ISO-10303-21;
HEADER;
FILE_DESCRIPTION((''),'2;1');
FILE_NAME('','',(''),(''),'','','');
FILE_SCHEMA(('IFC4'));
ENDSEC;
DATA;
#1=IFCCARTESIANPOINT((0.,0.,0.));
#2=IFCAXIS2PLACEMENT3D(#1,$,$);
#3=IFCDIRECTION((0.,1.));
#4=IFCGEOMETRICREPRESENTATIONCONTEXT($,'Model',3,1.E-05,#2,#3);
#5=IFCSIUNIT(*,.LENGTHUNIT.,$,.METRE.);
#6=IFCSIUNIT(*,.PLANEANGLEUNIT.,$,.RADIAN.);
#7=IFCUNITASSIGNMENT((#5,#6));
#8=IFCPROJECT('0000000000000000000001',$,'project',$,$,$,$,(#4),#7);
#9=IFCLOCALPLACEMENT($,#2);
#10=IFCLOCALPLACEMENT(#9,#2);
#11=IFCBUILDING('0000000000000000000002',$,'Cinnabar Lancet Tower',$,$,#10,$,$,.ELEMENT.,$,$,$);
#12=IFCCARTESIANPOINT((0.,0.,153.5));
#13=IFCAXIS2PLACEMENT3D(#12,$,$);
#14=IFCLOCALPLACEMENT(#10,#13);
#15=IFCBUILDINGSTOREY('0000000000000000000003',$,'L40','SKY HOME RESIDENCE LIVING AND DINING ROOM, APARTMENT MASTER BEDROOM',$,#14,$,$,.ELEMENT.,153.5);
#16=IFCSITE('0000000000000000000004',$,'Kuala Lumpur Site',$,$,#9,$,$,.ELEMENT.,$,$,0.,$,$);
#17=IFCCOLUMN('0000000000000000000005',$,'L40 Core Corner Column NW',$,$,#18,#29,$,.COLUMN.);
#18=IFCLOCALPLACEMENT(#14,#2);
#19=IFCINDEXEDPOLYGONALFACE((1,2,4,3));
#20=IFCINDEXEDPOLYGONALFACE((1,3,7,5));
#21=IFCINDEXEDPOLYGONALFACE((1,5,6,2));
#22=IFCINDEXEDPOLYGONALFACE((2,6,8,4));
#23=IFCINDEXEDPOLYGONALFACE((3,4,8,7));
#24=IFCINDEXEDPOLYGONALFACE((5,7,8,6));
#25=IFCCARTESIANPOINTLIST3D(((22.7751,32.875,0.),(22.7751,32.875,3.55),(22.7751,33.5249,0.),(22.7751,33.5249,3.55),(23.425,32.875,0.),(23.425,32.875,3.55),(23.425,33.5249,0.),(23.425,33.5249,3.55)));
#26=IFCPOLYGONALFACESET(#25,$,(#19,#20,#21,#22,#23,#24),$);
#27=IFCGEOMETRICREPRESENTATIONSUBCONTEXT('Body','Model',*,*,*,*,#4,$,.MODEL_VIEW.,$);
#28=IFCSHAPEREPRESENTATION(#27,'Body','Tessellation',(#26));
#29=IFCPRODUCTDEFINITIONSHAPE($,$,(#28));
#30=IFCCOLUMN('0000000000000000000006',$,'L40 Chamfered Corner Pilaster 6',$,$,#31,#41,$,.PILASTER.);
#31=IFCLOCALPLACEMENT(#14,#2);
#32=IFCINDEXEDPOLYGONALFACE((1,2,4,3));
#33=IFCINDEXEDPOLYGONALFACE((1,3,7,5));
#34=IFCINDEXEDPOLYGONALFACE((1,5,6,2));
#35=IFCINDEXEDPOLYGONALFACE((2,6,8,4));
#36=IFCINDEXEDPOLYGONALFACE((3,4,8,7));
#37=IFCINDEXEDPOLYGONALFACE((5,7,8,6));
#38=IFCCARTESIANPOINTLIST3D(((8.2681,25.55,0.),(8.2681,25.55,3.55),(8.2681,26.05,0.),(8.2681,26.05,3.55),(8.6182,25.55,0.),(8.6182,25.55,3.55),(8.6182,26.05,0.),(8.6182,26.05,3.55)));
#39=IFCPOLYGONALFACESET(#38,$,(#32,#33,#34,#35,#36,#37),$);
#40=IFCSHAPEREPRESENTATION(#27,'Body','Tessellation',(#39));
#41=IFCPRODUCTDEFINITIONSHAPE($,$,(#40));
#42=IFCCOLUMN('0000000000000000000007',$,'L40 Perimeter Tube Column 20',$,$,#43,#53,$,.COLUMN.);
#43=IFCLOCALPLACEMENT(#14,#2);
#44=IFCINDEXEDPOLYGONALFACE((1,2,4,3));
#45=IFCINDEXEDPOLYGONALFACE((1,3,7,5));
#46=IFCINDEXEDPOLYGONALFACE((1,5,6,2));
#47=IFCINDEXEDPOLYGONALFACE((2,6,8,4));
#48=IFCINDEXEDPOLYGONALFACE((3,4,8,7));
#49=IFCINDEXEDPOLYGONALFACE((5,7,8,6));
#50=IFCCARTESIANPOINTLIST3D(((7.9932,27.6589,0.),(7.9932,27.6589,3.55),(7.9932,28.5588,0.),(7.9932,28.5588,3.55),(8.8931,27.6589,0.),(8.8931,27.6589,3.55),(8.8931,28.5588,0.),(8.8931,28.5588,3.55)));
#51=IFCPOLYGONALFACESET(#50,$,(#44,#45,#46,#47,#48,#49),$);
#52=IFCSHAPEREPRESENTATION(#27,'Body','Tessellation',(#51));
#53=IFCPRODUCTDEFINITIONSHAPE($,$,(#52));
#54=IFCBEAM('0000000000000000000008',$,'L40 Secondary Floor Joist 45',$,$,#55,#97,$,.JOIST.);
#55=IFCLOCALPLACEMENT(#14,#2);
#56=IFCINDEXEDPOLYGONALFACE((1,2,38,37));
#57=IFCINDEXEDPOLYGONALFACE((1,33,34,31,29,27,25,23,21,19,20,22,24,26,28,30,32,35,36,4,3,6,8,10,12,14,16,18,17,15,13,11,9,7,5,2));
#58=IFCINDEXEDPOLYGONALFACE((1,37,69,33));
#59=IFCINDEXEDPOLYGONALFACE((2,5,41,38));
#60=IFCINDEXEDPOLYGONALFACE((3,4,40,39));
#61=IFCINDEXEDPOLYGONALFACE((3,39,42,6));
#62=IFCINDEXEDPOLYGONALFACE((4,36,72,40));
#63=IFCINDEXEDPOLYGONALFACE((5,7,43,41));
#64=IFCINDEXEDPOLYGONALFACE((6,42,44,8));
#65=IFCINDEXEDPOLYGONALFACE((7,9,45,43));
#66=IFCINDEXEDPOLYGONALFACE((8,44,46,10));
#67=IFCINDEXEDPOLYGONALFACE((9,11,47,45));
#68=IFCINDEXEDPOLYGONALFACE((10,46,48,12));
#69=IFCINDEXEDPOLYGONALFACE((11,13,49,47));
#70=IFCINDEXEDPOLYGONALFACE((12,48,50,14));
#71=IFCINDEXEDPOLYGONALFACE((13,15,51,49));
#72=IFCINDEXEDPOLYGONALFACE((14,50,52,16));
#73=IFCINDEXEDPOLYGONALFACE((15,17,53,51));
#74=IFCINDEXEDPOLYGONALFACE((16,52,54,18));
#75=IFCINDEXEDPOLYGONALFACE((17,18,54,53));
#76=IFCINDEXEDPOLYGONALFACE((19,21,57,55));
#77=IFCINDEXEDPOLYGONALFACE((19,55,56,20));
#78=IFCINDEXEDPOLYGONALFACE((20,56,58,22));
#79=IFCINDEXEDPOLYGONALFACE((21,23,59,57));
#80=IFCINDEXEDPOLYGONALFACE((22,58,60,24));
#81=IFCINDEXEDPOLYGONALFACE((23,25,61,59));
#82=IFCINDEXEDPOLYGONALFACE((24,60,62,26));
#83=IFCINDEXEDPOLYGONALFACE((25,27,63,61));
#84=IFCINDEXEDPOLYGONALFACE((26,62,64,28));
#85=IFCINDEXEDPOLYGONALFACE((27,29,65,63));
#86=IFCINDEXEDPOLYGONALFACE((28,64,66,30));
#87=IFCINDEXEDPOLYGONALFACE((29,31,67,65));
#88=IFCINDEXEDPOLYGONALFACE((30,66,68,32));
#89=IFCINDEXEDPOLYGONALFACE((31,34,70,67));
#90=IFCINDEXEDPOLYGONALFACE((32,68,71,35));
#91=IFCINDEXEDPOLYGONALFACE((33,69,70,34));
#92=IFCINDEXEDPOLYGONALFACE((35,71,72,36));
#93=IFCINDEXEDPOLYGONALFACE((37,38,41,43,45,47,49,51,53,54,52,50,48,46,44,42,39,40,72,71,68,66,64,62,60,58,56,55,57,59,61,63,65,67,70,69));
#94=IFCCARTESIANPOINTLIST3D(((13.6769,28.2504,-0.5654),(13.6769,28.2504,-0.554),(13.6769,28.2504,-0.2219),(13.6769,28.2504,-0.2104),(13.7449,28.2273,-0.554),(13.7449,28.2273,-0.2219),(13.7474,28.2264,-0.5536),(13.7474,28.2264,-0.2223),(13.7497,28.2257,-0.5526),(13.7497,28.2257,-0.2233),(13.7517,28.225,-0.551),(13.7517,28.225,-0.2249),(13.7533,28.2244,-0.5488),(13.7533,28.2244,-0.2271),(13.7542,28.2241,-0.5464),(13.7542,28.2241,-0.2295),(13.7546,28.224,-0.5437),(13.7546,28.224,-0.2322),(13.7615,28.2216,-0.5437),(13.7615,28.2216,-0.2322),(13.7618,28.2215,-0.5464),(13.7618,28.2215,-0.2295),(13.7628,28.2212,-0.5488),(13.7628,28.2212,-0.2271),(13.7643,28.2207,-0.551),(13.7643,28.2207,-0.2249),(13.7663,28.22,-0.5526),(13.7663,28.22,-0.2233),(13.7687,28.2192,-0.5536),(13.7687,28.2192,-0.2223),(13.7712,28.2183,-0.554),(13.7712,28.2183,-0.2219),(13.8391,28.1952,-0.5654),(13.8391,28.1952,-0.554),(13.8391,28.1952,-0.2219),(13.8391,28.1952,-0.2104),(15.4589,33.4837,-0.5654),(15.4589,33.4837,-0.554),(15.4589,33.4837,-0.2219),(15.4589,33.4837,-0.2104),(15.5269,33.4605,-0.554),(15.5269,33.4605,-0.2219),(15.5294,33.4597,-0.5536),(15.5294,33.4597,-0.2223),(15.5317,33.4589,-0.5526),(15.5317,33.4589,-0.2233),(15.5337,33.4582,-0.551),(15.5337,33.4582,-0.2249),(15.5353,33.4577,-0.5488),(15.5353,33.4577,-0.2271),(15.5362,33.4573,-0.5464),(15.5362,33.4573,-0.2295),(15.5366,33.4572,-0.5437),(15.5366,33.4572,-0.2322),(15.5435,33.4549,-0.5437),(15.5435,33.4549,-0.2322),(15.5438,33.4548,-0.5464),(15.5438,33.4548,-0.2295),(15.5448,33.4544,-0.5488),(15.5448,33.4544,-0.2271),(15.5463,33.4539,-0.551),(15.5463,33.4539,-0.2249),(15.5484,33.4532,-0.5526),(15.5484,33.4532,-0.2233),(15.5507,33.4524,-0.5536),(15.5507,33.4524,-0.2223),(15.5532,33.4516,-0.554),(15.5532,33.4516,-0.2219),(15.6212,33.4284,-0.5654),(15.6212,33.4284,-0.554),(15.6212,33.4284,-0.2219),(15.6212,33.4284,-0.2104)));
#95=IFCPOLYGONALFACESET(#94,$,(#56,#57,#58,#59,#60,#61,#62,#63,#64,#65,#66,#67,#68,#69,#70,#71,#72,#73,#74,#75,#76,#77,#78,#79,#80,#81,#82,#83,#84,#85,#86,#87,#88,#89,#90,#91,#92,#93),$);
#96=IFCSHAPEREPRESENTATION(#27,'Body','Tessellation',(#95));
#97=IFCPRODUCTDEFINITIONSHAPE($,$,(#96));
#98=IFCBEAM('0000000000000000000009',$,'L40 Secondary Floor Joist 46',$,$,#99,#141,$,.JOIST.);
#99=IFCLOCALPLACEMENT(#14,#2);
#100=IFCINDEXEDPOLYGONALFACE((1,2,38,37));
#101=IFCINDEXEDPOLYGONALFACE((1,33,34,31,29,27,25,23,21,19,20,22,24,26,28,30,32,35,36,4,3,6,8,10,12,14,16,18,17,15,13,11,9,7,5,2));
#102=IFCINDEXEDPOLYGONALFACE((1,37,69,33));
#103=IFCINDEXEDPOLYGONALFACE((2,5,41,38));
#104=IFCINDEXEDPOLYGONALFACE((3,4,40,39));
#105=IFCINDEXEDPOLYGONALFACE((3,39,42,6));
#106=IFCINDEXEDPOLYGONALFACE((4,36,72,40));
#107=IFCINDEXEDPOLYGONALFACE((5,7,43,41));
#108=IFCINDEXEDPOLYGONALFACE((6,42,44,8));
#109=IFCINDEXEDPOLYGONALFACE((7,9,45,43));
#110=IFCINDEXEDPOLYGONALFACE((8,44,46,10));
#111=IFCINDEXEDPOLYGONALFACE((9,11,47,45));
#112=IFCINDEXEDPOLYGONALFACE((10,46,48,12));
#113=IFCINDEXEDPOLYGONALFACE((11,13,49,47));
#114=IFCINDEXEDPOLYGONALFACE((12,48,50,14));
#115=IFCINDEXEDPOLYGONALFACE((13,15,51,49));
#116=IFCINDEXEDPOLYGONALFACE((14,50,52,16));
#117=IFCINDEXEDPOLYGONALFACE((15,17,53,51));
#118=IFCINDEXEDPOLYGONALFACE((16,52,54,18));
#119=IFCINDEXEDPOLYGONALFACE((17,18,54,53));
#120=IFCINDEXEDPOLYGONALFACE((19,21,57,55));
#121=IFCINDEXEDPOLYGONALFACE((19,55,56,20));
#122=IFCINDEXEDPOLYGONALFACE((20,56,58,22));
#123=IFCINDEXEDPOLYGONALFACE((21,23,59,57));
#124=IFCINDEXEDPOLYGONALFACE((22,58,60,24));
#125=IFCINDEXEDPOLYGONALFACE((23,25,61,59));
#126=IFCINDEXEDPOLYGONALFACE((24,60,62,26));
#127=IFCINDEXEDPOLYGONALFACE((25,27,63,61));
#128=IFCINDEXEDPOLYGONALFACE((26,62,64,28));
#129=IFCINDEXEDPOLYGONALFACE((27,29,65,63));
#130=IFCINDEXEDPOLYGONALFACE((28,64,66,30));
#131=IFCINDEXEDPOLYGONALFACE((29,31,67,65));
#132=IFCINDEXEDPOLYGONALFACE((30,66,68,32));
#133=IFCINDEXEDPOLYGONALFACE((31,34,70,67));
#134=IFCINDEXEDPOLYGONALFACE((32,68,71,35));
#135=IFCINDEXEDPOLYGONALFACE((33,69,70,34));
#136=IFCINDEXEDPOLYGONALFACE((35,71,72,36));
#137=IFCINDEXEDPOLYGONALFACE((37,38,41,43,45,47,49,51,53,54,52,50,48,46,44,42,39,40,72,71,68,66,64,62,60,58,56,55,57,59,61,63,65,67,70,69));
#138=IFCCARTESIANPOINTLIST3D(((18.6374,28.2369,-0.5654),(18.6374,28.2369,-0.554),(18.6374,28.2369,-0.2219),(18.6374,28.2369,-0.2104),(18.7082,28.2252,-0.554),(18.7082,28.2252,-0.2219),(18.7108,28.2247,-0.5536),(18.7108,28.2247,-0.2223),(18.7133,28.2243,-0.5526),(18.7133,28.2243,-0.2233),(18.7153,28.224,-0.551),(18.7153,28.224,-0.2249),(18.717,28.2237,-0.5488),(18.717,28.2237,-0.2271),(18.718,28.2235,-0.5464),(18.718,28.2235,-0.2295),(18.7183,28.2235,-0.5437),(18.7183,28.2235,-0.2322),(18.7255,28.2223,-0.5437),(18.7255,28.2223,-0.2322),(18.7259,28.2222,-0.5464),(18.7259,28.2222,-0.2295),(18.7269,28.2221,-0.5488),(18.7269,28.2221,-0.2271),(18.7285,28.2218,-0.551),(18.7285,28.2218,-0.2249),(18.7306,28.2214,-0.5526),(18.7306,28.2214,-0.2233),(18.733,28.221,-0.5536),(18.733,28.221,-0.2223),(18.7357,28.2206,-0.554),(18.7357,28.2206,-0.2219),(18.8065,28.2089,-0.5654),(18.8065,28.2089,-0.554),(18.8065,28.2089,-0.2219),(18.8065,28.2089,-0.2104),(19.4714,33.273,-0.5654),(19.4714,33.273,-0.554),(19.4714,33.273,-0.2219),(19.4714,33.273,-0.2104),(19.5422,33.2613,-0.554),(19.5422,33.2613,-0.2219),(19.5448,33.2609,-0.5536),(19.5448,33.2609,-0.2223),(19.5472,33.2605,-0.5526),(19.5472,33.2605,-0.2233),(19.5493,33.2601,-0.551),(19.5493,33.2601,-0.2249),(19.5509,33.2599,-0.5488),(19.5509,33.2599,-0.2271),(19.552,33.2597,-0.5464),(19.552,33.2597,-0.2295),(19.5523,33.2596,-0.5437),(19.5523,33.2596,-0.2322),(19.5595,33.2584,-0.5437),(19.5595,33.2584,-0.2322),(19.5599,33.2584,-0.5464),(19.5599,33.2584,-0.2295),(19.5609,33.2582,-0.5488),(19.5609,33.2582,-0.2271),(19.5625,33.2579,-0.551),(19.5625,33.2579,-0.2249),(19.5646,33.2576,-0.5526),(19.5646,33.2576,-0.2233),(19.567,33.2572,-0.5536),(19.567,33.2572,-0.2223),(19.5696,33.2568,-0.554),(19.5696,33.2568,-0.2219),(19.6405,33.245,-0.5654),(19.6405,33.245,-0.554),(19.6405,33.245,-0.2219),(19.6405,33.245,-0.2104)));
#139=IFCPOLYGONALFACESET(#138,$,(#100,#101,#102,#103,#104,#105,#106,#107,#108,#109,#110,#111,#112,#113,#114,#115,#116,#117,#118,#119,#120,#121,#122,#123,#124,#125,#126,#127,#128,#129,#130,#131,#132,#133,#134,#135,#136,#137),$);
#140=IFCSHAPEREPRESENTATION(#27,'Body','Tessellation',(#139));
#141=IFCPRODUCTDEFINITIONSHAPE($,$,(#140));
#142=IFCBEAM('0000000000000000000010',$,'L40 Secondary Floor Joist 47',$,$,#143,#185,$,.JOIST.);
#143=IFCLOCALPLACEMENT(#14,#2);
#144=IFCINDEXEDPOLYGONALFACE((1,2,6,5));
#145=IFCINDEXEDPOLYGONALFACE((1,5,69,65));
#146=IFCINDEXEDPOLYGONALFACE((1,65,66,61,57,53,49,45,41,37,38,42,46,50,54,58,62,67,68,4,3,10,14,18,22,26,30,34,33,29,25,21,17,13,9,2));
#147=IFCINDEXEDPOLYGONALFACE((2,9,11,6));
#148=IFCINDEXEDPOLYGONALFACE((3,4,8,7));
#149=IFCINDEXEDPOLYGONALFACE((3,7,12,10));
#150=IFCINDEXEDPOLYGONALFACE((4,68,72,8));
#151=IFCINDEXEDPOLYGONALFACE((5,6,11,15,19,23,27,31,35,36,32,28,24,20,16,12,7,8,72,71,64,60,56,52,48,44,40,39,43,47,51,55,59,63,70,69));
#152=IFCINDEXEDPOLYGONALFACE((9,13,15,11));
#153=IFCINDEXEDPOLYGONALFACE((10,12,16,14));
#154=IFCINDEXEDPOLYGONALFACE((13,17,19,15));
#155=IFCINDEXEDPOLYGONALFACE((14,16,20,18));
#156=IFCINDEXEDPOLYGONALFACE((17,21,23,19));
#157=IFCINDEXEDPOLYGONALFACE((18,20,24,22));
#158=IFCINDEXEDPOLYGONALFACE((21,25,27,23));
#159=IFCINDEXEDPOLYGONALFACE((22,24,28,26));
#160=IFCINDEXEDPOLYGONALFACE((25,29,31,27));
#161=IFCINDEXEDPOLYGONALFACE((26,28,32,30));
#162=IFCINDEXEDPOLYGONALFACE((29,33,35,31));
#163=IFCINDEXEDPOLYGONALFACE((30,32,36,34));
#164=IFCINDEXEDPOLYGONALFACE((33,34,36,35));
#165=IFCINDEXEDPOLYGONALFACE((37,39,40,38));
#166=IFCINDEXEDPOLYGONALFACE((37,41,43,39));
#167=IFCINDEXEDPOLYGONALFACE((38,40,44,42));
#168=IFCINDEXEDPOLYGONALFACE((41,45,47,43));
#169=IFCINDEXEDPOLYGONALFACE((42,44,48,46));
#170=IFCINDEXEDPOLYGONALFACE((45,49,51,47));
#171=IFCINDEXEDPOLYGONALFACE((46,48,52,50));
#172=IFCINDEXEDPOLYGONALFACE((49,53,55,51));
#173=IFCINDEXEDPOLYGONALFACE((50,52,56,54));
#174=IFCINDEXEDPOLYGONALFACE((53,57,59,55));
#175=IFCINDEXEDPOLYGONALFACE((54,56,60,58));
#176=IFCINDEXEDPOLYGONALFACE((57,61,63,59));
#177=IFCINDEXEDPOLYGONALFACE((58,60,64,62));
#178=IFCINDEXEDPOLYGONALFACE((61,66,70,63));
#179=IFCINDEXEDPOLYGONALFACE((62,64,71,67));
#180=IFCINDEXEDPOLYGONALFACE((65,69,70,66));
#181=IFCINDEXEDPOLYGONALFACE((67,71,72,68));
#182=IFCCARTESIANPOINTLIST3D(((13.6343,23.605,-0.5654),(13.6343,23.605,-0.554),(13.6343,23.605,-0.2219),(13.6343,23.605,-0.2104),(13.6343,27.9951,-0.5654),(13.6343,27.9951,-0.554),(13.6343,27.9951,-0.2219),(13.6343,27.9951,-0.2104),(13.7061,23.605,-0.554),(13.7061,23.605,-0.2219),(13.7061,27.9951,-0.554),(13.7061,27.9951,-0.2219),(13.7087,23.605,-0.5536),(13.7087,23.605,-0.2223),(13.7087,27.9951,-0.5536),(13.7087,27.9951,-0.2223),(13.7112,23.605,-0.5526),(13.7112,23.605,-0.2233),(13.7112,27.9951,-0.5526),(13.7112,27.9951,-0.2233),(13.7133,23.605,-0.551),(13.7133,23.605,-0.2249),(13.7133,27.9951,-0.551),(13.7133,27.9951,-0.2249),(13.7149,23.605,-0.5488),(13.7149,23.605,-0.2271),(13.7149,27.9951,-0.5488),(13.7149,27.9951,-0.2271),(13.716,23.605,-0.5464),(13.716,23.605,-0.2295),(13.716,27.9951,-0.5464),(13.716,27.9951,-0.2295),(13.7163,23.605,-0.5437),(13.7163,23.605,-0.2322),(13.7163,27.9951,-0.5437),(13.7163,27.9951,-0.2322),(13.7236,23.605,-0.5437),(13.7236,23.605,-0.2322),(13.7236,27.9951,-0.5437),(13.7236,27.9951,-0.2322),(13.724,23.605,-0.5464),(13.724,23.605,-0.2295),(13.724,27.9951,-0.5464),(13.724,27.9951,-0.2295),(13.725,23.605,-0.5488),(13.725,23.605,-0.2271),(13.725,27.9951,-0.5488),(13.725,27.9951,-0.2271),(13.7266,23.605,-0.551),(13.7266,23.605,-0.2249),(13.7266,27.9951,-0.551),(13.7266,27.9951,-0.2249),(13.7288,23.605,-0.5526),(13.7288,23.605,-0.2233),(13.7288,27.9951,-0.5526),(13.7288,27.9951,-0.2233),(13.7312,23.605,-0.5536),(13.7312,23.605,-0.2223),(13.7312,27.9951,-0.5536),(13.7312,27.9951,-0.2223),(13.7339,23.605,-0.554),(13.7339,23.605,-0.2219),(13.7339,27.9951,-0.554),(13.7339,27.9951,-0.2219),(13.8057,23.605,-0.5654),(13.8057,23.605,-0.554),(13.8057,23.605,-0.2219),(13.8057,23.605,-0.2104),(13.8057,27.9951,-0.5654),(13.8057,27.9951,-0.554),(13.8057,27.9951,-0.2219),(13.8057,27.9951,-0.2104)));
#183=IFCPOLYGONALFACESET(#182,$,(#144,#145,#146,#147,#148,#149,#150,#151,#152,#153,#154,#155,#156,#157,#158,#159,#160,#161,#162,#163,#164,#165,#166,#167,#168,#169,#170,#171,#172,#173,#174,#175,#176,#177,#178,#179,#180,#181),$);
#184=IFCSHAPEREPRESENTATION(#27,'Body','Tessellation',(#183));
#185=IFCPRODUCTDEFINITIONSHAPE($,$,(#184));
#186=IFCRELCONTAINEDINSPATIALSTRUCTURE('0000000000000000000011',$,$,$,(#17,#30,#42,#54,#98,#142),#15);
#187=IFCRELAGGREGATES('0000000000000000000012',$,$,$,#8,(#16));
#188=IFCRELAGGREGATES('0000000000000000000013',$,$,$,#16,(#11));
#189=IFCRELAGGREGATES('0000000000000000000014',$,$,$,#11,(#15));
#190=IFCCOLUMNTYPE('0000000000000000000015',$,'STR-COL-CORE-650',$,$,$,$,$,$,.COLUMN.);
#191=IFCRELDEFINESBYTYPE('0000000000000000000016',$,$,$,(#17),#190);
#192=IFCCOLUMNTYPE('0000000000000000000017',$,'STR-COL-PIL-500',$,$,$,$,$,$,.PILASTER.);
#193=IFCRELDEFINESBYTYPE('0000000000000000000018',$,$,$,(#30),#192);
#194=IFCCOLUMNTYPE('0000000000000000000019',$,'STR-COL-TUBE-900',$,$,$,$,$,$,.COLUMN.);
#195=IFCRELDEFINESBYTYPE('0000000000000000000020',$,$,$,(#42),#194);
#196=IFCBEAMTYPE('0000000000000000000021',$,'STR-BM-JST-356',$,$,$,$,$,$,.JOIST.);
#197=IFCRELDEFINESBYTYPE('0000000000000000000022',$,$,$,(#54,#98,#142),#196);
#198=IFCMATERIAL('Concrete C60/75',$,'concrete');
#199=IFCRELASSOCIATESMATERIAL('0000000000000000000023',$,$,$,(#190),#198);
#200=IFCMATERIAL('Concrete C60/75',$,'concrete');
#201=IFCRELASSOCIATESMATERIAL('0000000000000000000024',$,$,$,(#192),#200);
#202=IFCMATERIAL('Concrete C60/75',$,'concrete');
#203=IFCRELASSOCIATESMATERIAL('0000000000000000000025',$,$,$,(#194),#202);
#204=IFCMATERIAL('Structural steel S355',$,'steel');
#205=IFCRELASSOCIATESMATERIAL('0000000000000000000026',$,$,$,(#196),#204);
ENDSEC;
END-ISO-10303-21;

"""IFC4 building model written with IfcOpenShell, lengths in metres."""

from ifc_helpers import new_model, si_unit, direction, frame, origin, origin_2d, place, context, subcontext, project, spatial, rectangle, i_section, extrude, material, material_profile, profile_set, type_object, element, save


model = new_model("IFC4")

# Units and contexts
model_context = context("Model", 3, precision=1e-05, world=origin(), true_north=direction((0.0, 1.0)))
body_context = subcontext(model_context, "Body", "Model", "MODEL_VIEW")
ifc_project = project(units=[si_unit("LENGTHUNIT", "METRE"), si_unit("PLANEANGLEUNIT", "RADIAN")], contexts=[model_context])

# Site, building, storey
site_placement = place(None, origin())
site = spatial("IfcSite", under=ifc_project, at=site_placement, Name="Kuala Lumpur Site", CompositionType="ELEMENT", RefElevation=0.0)
building_placement = place(site_placement, origin())
building = spatial("IfcBuilding", under=site, at=building_placement, Name="Cinnabar Lancet Tower", CompositionType="ELEMENT")
storey_placement = place(building_placement, frame((0.0, 0.0, 153.5)))
storey = spatial("IfcBuildingStorey", under=building, at=storey_placement, Name="L40", Description="SKY HOME RESIDENCE LIVING AND DINING ROOM, APARTMENT MASTER BEDROOM", CompositionType="ELEMENT", Elevation=153.5)

# Columns
ifc_material_1 = material(Name="Concrete C60/75", Category="concrete")
ifc_material_profile_1 = material_profile(ifc_material_1, rectangle(XDim=0.6499, YDim=0.6499, at=origin_2d()), Name="RC-COL 650x650")
ifc_profile_set_1 = profile_set([ifc_material_profile_1], Name="Concrete C60/75")
column_type_1 = type_object("IfcColumnType", Name="STR-COL-CORE-650", PredefinedType="COLUMN", material=ifc_profile_set_1)
column_1_placement = place(storey_placement, frame((23.1001, 33.2, 0.0), z_axis=(0.0, 0.0, 1.0), x_axis=(1.0, 0.0, 0.0)))
element("IfcColumn", 1, at=column_1_placement, inside=storey, type_object=column_type_1, Name="L40 Core Corner Column NW", PredefinedType="COLUMN", context=body_context, shape_type="SweptSolid", body=[
    extrude(rectangle(XDim=0.6499, YDim=0.6499, at=origin_2d()), origin(), (0.0, 0.0, 1.0), 3.55),
])
ifc_material_2 = material(Name="Concrete C60/75", Category="concrete")
ifc_material_profile_2 = material_profile(ifc_material_2, rectangle(XDim=0.5, YDim=0.3501, at=origin_2d()), Name="RC-PIL 500x350")
ifc_profile_set_2 = profile_set([ifc_material_profile_2], Name="Concrete C60/75")
column_type_2 = type_object("IfcColumnType", Name="STR-COL-PIL-500", PredefinedType="PILASTER", material=ifc_profile_set_2)
column_2_placement = place(storey_placement, frame((8.4431, 25.8, 0.0), z_axis=(0.0, 0.0, 1.0), x_axis=(0.0, -1.0, 0.0)))
element("IfcColumn", 2, at=column_2_placement, inside=storey, type_object=column_type_2, Name="L40 Chamfered Corner Pilaster 6", PredefinedType="PILASTER", context=body_context, shape_type="SweptSolid", body=[
    extrude(rectangle(XDim=0.5, YDim=0.3501, at=origin_2d()), origin(), (0.0, 0.0, 1.0), 3.55),
])
ifc_material_3 = material(Name="Concrete C60/75", Category="concrete")
ifc_material_profile_3 = material_profile(ifc_material_3, rectangle(XDim=0.8999, YDim=0.8999, at=origin_2d()), Name="RC-COL 900x900")
ifc_profile_set_3 = profile_set([ifc_material_profile_3], Name="Concrete C60/75")
column_type_3 = type_object("IfcColumnType", Name="STR-COL-TUBE-900", PredefinedType="COLUMN", material=ifc_profile_set_3)
column_3_placement = place(storey_placement, frame((8.4431, 28.1089, 0.0), z_axis=(0.0, 0.0, 1.0), x_axis=(1.0, 0.0, 0.0)))
element("IfcColumn", 3, at=column_3_placement, inside=storey, type_object=column_type_3, Name="L40 Perimeter Tube Column 20", PredefinedType="COLUMN", context=body_context, shape_type="SweptSolid", body=[
    extrude(rectangle(XDim=0.8999, YDim=0.8999, at=origin_2d()), origin(), (0.0, 0.0, 1.0), 3.55),
])

# Beams
ifc_material_4 = material(Name="Structural steel S355", Category="steel")
ifc_material_profile_4 = material_profile(ifc_material_4, i_section(OverallWidth=0.1714, OverallDepth=0.355, WebThickness=0.0073, FlangeThickness=0.0115, FilletRadius=0.0103, at=origin_2d()), Name="UKB 356x171x51")
ifc_profile_set_4 = profile_set([ifc_material_profile_4], Name="Structural steel S355")
beam_type_1 = type_object("IfcBeamType", Name="STR-BM-JST-356", PredefinedType="JOIST", material=ifc_profile_set_4)
beam_1_placement = place(storey_placement, frame((15.54, 33.4561, -0.3879), z_axis=(-0.322342, -0.946623, 0.0), x_axis=(0.946623, -0.322342, 0.0)))
element("IfcBeam", 4, at=beam_1_placement, inside=storey, type_object=beam_type_1, Name="L40 Secondary Floor Joist 45", PredefinedType="JOIST", context=body_context, shape_type="SweptSolid", body=[
    extrude(i_section(OverallWidth=0.1714, OverallDepth=0.355, WebThickness=0.0073, FlangeThickness=0.0115, FilletRadius=0.0103, at=origin_2d()), origin(), (0.0, 0.0, 1.0), 5.5283),
])
beam_2_placement = place(storey_placement, frame((19.5559, 33.259, -0.3879), z_axis=(-0.163375, -0.986564, 0.0), x_axis=(0.986564, -0.163375, 0.0)))
element("IfcBeam", 5, at=beam_2_placement, inside=storey, type_object=beam_type_1, Name="L40 Secondary Floor Joist 46", PredefinedType="JOIST", context=body_context, shape_type="SweptSolid", body=[
    extrude(i_section(OverallWidth=0.1714, OverallDepth=0.355, WebThickness=0.0073, FlangeThickness=0.0115, FilletRadius=0.0103, at=origin_2d()), origin(), (0.0, 0.0, 1.0), 5.1047),
])
for number, where, z_axis, x_axis, name in (
    (6, (13.72, 27.9951, -0.3879), (0.0, -1.0, 0.0), (1.0, 0.0, 0.0), "L40 Secondary Floor Joist 47"),
):
    element("IfcBeam", number, at=place(storey_placement, frame(where, z_axis=z_axis, x_axis=x_axis)), inside=storey, type_object=beam_type_1, Name=name, PredefinedType="JOIST", context=body_context, shape_type="SweptSolid", body=[
        extrude(i_section(OverallWidth=0.1714, OverallDepth=0.355, WebThickness=0.0073, FlangeThickness=0.0115, FilletRadius=0.0103, at=origin_2d()), origin(), (0.0, 0.0, 1.0), 4.3901),
    ])

save(model, "model.ifc")
